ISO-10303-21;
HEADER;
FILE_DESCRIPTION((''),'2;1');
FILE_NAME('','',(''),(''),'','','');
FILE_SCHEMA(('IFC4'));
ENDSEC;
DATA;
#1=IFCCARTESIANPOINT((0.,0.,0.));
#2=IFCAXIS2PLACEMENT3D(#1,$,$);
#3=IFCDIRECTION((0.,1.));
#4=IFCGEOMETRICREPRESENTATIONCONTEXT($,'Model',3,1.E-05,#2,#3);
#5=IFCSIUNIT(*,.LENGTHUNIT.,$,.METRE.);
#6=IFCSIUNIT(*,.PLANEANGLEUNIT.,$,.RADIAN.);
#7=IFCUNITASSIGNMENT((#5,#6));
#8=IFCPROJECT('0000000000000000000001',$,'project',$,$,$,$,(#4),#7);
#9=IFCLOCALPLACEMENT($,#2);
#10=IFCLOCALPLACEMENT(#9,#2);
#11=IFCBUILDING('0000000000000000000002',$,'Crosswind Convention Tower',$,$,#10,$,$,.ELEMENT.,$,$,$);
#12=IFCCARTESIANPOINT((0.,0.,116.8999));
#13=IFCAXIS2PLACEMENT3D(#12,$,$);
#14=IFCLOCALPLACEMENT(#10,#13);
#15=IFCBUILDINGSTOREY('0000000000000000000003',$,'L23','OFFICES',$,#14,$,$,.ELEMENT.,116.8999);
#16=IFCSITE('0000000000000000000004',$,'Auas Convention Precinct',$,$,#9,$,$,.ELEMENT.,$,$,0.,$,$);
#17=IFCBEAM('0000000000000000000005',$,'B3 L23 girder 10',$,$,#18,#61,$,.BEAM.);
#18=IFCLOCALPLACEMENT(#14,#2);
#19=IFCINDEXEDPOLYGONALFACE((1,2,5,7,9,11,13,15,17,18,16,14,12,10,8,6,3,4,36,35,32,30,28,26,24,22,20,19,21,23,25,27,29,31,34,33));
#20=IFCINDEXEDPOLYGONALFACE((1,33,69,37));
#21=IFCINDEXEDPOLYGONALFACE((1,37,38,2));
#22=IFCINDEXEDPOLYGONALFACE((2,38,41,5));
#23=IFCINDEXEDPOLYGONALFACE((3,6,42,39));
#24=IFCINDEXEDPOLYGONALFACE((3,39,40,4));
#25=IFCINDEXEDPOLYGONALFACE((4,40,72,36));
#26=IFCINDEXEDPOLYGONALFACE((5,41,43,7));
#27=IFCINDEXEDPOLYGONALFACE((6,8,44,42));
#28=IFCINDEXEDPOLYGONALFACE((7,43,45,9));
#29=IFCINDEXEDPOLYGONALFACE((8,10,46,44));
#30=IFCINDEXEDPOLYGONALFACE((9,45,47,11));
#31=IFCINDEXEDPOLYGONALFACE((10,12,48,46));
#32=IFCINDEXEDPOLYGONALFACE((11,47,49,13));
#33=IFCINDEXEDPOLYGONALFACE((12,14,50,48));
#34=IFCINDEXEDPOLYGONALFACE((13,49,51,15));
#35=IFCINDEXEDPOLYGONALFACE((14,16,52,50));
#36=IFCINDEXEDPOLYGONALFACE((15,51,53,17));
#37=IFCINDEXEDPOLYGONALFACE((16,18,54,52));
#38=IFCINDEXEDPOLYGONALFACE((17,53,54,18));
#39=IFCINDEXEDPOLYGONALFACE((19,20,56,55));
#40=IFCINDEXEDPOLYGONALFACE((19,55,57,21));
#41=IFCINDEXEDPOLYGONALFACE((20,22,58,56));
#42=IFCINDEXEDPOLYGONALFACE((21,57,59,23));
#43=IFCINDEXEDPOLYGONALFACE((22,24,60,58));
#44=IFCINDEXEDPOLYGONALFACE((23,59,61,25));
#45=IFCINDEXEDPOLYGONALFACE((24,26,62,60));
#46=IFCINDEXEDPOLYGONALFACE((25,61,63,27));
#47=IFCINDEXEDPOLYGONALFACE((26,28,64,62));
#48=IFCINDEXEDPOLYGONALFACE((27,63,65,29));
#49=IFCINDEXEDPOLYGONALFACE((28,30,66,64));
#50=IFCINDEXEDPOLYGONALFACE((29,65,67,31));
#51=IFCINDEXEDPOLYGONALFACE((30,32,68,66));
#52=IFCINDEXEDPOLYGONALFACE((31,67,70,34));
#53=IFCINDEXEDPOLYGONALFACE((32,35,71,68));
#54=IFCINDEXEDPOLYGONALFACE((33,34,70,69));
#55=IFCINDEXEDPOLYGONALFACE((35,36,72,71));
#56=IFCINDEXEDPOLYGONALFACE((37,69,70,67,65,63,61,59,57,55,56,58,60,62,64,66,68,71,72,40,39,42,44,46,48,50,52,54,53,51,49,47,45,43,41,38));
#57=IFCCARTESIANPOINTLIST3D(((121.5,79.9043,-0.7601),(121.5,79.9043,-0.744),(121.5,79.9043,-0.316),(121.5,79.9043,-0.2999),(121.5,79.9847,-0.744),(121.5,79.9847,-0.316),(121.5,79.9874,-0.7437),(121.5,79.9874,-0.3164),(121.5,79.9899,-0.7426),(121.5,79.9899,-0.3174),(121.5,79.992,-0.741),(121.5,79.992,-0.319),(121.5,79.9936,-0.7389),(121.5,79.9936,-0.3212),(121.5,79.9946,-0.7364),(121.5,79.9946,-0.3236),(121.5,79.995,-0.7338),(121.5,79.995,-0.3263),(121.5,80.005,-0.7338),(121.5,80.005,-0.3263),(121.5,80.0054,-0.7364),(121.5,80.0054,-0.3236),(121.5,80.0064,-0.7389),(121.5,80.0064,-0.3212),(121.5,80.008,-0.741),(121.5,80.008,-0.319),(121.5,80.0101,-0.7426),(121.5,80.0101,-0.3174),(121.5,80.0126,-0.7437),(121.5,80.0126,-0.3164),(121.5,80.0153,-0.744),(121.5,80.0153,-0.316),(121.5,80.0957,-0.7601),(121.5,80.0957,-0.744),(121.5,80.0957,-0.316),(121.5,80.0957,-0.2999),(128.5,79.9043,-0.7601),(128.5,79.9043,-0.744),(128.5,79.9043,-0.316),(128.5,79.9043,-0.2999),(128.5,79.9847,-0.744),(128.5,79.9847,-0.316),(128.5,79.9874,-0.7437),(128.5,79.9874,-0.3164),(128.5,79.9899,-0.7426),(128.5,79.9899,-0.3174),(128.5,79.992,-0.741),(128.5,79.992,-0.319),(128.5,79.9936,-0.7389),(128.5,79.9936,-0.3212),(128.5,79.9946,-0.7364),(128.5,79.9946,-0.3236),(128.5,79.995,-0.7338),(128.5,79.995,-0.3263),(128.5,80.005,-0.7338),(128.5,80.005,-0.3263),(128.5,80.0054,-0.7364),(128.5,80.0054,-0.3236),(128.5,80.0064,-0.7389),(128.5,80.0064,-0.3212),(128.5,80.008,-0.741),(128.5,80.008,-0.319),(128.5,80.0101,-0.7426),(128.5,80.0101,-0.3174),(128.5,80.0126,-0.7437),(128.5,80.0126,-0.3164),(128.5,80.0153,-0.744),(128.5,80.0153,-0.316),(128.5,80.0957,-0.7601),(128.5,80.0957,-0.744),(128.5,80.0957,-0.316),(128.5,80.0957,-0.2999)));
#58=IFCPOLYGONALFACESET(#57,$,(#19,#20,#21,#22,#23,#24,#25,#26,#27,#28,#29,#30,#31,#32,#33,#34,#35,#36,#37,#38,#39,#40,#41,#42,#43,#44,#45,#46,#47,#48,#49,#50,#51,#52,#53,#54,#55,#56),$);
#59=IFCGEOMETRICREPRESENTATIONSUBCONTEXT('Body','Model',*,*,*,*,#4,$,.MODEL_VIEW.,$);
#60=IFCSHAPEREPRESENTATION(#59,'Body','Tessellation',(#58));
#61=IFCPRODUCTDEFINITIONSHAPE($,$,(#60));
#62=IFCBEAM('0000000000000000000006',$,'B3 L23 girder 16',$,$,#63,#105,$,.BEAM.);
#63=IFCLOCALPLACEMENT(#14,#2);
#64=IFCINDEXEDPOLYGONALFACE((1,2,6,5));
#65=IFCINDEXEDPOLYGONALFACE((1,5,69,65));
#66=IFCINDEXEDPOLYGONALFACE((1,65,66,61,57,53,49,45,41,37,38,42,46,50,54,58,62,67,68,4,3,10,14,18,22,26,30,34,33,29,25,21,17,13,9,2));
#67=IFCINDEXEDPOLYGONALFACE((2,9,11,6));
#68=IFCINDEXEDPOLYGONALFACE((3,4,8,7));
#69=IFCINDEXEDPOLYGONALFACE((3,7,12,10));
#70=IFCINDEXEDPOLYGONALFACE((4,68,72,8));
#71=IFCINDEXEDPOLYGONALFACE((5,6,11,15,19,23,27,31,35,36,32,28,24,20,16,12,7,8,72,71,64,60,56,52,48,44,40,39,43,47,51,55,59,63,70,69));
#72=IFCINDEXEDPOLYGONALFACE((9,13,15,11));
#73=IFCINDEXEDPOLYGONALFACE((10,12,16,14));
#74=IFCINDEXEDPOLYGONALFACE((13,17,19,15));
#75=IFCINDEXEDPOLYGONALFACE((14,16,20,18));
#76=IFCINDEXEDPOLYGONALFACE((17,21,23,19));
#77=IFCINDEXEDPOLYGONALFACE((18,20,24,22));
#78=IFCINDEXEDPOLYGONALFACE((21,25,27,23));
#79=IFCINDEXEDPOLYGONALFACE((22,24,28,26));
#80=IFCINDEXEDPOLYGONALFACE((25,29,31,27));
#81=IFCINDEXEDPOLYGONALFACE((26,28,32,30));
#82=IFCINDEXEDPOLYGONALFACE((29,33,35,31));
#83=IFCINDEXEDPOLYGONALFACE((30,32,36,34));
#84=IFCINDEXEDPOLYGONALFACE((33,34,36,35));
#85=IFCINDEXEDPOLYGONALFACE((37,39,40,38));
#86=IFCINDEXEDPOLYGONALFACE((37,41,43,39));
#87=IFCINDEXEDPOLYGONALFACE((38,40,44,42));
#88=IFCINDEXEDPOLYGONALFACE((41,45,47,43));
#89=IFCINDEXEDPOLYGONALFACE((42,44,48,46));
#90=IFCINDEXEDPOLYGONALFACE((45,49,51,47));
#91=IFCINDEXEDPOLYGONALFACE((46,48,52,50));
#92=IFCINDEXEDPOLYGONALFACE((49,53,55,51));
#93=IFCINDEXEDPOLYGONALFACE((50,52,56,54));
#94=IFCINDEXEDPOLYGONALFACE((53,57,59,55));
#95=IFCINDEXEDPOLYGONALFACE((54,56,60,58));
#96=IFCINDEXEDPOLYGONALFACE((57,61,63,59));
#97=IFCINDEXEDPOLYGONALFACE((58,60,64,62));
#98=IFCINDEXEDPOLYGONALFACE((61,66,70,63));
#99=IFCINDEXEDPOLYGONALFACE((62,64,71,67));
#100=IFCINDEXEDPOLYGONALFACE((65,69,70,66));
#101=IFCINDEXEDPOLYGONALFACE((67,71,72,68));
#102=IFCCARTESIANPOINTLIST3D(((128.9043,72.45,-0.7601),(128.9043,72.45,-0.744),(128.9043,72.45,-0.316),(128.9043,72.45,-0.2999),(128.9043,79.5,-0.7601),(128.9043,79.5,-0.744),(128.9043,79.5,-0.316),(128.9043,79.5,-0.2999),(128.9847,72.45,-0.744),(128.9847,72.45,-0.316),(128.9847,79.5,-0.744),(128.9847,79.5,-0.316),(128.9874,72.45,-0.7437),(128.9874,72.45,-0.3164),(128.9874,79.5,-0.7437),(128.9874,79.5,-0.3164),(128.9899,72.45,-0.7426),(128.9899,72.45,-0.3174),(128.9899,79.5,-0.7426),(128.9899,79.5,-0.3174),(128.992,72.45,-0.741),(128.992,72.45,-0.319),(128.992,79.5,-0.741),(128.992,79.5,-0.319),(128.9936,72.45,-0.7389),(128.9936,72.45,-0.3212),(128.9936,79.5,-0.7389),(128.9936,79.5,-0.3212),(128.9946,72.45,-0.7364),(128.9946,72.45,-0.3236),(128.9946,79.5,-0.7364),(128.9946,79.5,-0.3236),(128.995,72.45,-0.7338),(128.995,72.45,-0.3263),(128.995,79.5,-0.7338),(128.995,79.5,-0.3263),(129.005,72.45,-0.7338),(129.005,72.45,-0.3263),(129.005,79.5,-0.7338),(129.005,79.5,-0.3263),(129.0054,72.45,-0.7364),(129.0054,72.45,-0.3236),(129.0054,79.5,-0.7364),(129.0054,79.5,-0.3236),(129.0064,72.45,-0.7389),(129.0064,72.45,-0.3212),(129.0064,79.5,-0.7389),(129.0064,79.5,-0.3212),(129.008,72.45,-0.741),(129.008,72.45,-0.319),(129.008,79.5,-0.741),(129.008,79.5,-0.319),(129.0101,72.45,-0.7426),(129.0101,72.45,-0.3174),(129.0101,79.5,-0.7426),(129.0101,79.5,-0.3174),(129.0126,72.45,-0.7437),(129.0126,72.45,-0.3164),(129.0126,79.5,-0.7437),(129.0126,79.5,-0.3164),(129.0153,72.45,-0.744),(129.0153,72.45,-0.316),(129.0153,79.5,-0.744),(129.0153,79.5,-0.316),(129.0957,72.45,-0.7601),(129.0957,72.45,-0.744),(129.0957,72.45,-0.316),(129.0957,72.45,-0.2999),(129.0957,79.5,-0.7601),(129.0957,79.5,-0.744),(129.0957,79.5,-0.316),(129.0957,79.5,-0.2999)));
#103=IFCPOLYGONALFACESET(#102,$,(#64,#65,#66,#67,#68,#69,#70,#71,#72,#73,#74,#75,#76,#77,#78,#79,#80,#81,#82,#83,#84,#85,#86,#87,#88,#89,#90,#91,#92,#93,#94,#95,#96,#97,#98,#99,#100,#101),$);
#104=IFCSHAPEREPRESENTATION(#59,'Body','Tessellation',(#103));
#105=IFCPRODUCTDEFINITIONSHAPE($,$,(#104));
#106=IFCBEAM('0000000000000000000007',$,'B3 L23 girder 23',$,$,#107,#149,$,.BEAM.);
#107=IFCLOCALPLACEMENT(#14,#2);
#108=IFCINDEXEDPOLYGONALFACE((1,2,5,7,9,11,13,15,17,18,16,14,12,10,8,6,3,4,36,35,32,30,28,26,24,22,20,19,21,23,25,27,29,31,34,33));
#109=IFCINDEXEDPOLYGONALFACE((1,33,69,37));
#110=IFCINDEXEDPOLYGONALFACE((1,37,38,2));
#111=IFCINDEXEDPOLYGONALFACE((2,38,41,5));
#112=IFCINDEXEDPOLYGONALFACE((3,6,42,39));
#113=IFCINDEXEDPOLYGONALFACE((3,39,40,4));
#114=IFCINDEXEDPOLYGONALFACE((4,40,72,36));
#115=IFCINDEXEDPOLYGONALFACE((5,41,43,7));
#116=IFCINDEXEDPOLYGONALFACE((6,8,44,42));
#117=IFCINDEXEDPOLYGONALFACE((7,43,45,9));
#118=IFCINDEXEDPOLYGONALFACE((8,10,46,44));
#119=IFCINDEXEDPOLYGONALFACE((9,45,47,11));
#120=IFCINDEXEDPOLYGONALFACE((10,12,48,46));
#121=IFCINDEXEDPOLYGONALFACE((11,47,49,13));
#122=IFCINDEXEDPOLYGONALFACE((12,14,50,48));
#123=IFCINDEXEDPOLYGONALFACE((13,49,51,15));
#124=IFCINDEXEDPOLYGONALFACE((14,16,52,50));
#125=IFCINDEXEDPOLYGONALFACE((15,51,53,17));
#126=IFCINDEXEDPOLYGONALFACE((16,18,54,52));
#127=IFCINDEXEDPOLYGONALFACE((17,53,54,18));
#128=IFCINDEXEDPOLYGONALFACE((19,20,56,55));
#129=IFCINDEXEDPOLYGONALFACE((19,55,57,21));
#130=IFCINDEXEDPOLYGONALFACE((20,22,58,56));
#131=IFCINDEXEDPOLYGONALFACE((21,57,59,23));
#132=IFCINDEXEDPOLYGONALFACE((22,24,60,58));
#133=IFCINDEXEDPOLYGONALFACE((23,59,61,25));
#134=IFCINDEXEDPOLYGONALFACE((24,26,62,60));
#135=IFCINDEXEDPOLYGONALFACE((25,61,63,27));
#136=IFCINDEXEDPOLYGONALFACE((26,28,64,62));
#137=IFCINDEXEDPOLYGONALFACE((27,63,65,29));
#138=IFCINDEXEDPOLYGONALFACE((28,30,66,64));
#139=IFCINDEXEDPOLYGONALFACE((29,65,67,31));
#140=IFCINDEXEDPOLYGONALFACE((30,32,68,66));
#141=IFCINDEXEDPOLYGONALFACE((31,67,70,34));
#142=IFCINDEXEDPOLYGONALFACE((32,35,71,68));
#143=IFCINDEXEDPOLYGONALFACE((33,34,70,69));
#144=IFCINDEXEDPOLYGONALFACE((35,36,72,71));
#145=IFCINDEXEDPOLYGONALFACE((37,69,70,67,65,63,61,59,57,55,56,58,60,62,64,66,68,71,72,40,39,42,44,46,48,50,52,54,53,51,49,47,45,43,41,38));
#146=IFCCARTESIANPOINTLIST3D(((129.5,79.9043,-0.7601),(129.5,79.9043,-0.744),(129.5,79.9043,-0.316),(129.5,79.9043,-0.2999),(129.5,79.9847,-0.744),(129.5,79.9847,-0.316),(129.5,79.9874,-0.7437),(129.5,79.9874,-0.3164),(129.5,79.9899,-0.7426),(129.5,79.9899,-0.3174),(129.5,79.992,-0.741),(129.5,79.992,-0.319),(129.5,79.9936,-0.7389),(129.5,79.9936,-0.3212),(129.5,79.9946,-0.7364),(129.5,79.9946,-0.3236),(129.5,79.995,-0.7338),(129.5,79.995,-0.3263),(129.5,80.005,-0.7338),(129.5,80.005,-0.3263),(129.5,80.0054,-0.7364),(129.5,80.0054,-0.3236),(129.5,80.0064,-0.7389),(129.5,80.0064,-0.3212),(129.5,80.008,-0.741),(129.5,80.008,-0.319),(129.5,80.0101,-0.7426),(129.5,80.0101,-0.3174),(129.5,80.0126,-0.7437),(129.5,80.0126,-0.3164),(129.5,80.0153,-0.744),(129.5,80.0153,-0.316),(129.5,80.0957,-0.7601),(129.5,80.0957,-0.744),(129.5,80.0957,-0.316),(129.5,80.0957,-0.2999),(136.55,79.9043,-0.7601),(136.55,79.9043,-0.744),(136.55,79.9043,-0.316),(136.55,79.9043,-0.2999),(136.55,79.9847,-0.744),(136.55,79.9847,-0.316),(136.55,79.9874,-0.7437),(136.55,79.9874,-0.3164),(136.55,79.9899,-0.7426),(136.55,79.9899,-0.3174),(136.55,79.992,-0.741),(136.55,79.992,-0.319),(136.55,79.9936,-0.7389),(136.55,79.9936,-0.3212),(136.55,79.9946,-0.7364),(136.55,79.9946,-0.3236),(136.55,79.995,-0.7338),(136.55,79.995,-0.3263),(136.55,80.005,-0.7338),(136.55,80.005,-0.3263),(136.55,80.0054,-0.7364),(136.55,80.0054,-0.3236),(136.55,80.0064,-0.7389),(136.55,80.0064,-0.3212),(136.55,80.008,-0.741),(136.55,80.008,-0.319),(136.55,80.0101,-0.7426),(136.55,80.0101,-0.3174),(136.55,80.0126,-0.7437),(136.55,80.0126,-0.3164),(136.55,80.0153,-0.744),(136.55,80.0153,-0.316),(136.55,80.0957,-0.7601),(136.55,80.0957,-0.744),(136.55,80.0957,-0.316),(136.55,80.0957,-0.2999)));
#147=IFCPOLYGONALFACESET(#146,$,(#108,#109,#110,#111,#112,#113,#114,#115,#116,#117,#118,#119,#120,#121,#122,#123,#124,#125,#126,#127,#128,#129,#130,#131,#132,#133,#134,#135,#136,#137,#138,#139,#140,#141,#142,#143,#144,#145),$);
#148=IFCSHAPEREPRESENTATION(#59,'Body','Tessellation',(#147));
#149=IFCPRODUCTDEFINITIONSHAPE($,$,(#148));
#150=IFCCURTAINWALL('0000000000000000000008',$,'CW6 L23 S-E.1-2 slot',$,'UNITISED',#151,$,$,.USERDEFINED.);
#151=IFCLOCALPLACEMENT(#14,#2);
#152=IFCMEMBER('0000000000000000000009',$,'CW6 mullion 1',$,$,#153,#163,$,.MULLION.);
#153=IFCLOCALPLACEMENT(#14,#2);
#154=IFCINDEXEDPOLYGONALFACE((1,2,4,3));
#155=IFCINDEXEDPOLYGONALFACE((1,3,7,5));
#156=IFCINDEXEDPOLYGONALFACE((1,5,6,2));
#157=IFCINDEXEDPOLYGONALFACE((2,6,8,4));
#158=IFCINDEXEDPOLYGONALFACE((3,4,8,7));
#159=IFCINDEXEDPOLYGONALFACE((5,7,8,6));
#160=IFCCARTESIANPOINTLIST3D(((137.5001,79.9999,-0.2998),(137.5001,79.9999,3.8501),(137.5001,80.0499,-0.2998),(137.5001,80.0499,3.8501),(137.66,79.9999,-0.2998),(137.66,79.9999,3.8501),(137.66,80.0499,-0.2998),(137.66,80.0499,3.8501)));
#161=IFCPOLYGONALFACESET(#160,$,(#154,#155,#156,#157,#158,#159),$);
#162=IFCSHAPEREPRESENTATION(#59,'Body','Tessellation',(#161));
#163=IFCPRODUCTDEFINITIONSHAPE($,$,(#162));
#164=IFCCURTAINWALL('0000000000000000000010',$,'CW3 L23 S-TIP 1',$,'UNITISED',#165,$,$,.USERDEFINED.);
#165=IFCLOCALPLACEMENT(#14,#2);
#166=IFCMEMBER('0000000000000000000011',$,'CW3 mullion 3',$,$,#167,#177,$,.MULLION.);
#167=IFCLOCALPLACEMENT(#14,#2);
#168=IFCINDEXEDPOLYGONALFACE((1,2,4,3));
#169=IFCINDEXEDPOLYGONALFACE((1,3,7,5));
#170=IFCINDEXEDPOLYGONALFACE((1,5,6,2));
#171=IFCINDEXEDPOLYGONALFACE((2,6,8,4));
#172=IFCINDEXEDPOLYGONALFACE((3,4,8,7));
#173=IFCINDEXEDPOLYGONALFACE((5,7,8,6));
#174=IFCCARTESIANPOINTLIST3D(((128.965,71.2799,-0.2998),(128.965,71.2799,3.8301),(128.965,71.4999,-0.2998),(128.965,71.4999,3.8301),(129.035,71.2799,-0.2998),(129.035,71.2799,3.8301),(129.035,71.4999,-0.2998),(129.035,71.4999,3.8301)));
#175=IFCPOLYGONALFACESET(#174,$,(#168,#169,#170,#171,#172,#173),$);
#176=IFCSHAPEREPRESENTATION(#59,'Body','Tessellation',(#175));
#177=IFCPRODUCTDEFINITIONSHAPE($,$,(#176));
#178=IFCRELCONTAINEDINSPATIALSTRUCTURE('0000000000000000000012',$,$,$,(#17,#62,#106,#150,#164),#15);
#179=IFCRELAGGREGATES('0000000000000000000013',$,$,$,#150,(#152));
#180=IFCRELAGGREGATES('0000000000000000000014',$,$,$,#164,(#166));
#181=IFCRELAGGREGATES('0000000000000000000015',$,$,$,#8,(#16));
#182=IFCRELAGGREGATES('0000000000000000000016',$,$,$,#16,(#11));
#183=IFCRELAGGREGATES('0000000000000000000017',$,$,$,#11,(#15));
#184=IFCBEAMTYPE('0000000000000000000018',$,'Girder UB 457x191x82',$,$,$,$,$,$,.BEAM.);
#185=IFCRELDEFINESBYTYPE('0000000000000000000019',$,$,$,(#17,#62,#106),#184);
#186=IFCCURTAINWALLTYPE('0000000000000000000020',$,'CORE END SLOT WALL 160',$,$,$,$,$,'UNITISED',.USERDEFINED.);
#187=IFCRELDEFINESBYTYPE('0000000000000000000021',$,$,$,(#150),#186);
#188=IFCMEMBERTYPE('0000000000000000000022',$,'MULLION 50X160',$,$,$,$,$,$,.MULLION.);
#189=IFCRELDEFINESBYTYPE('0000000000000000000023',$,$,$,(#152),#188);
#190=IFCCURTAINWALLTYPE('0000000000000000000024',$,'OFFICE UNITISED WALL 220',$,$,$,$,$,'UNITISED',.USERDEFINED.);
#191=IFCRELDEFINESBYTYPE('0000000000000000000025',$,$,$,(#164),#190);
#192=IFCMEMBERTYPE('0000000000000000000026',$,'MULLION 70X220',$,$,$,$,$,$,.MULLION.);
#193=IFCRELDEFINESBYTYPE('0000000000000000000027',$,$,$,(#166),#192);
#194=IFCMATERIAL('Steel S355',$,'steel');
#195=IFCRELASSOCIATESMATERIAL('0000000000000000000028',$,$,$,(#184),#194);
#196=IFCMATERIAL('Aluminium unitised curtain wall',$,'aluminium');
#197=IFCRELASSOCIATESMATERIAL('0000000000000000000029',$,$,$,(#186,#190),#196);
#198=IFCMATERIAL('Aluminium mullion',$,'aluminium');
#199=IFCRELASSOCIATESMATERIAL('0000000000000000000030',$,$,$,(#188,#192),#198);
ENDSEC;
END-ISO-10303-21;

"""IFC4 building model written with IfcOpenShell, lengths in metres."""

from ifc_helpers import new_model, si_unit, direction, frame, origin, origin_2d, place, context, subcontext, project, spatial, rectangle, i_section, extrude, material, material_profile, profile_set, type_object, element, aggregate, save


model = new_model("IFC4")

# Units and contexts
model_context = context("Model", 3, precision=1e-05, world=origin(), true_north=direction((0.0, 1.0)))
body_context = subcontext(model_context, "Body", "Model", "MODEL_VIEW")
ifc_project = project(units=[si_unit("LENGTHUNIT", "METRE"), si_unit("PLANEANGLEUNIT", "RADIAN")], contexts=[model_context])

# Site, building, storey
site_placement = place(None, origin())
site = spatial("IfcSite", under=ifc_project, at=site_placement, Name="Auas Convention Precinct", CompositionType="ELEMENT", RefElevation=0.0)
building_placement = place(site_placement, origin())
building = spatial("IfcBuilding", under=site, at=building_placement, Name="Crosswind Convention Tower", CompositionType="ELEMENT")
storey_placement = place(building_placement, frame((0.0, 0.0, 116.8999)))
storey = spatial("IfcBuildingStorey", under=building, at=storey_placement, Name="L23", Description="OFFICES", CompositionType="ELEMENT", Elevation=116.8999)

# Beams
ifc_material_1 = material(Name="Steel S355", Category="steel")
ifc_material_profile_1 = material_profile(ifc_material_1, i_section(OverallWidth=0.1914, OverallDepth=0.4602, WebThickness=0.01, FlangeThickness=0.0161, FilletRadius=0.0103, at=origin_2d()), Name="UB 457x191x82")
ifc_profile_set_1 = profile_set([ifc_material_profile_1], Name="Steel S355")
beam_type_1 = type_object("IfcBeamType", Name="Girder UB 457x191x82", PredefinedType="BEAM", material=ifc_profile_set_1)
beam_1_placement = place(storey_placement, frame((121.5, 80.0, -0.53), z_axis=(1.0, 0.0, 0.0), x_axis=(0.0, 1.0, 0.0)))
element("IfcBeam", 1, at=beam_1_placement, inside=storey, type_object=beam_type_1, Name="B3 L23 girder 10", PredefinedType="BEAM", context=body_context, shape_type="SweptSolid", body=[
    extrude(i_section(OverallWidth=0.1914, OverallDepth=0.4602, WebThickness=0.01, FlangeThickness=0.0161, FilletRadius=0.0103, at=origin_2d()), origin(), (0.0, 0.0, 1.0), 7.0),
])
for number, where, z_axis, x_axis, name in (
    (2, (129.0, 72.45, -0.53), (0.0, 1.0, 0.0), (-1.0, 0.0, 0.0), "B3 L23 girder 16"),
    (3, (129.5, 80.0, -0.53), (1.0, 0.0, 0.0), (0.0, 1.0, 0.0), "B3 L23 girder 23"),
):
    element("IfcBeam", number, at=place(storey_placement, frame(where, z_axis=z_axis, x_axis=x_axis)), inside=storey, type_object=beam_type_1, Name=name, PredefinedType="BEAM", context=body_context, shape_type="SweptSolid", body=[
        extrude(i_section(OverallWidth=0.1914, OverallDepth=0.4602, WebThickness=0.01, FlangeThickness=0.0161, FilletRadius=0.0103, at=origin_2d()), origin(), (0.0, 0.0, 1.0), 7.05),
    ])

# Curtain walls, members
ifc_material_2 = material(Name="Aluminium unitised curtain wall", Category="aluminium")
curtain_wall_type_1 = type_object("IfcCurtainWallType", Name="CORE END SLOT WALL 160", ElementType="UNITISED", PredefinedType="USERDEFINED", material=ifc_material_2)
curtain_wall_1_placement = place(storey_placement, origin())
curtain_wall_1 = element("IfcCurtainWall", 4, at=curtain_wall_1_placement, inside=storey, type_object=curtain_wall_type_1, Name="CW6 L23 S-E.1-2 slot", ObjectType="UNITISED", PredefinedType="USERDEFINED")
ifc_material_3 = material(Name="Aluminium mullion", Category="aluminium")
ifc_material_profile_2 = material_profile(ifc_material_3, rectangle(XDim=0.1599, YDim=0.05, at=origin_2d()), Name="AL 160X50")
ifc_profile_set_2 = profile_set([ifc_material_profile_2], Name="Aluminium mullion")
member_type_1 = type_object("IfcMemberType", Name="MULLION 50X160", PredefinedType="MULLION", material=ifc_profile_set_2)
member_1_placement = place(storey_placement, frame((137.5801, 80.0249, -0.2998), z_axis=(0.0, 0.0, 1.0), x_axis=(1.0, 0.0, 0.0)))
member_1 = element("IfcMember", 5, at=member_1_placement, type_object=member_type_1, Name="CW6 mullion 1", PredefinedType="MULLION", context=body_context, shape_type="SweptSolid", body=[
    extrude(rectangle(XDim=0.1599, YDim=0.05, at=origin_2d()), origin(), (0.0, 0.0, 1.0), 4.1499),
])
curtain_wall_type_2 = type_object("IfcCurtainWallType", Name="OFFICE UNITISED WALL 220", ElementType="UNITISED", PredefinedType="USERDEFINED", material=ifc_material_2)
curtain_wall_2_placement = place(storey_placement, origin())
curtain_wall_2 = element("IfcCurtainWall", 6, at=curtain_wall_2_placement, inside=storey, type_object=curtain_wall_type_2, Name="CW3 L23 S-TIP 1", ObjectType="UNITISED", PredefinedType="USERDEFINED")
ifc_material_profile_3 = material_profile(ifc_material_3, rectangle(XDim=0.22, YDim=0.0701, at=origin_2d()), Name="AL 220X70")
ifc_profile_set_3 = profile_set([ifc_material_profile_3], Name="Aluminium mullion")
member_type_2 = type_object("IfcMemberType", Name="MULLION 70X220", PredefinedType="MULLION", material=ifc_profile_set_3)
member_2_placement = place(storey_placement, frame((129.0, 71.3899, -0.2998), z_axis=(0.0, 0.0, 1.0), x_axis=(0.0, -1.0, 0.0)))
member_2 = element("IfcMember", 7, at=member_2_placement, type_object=member_type_2, Name="CW3 mullion 3", PredefinedType="MULLION", context=body_context, shape_type="SweptSolid", body=[
    extrude(rectangle(XDim=0.22, YDim=0.0701, at=origin_2d()), origin(), (0.0, 0.0, 1.0), 4.1299),
])

aggregate(curtain_wall_1, [member_1])

aggregate(curtain_wall_2, [member_2])

save(model, "model.ifc")
